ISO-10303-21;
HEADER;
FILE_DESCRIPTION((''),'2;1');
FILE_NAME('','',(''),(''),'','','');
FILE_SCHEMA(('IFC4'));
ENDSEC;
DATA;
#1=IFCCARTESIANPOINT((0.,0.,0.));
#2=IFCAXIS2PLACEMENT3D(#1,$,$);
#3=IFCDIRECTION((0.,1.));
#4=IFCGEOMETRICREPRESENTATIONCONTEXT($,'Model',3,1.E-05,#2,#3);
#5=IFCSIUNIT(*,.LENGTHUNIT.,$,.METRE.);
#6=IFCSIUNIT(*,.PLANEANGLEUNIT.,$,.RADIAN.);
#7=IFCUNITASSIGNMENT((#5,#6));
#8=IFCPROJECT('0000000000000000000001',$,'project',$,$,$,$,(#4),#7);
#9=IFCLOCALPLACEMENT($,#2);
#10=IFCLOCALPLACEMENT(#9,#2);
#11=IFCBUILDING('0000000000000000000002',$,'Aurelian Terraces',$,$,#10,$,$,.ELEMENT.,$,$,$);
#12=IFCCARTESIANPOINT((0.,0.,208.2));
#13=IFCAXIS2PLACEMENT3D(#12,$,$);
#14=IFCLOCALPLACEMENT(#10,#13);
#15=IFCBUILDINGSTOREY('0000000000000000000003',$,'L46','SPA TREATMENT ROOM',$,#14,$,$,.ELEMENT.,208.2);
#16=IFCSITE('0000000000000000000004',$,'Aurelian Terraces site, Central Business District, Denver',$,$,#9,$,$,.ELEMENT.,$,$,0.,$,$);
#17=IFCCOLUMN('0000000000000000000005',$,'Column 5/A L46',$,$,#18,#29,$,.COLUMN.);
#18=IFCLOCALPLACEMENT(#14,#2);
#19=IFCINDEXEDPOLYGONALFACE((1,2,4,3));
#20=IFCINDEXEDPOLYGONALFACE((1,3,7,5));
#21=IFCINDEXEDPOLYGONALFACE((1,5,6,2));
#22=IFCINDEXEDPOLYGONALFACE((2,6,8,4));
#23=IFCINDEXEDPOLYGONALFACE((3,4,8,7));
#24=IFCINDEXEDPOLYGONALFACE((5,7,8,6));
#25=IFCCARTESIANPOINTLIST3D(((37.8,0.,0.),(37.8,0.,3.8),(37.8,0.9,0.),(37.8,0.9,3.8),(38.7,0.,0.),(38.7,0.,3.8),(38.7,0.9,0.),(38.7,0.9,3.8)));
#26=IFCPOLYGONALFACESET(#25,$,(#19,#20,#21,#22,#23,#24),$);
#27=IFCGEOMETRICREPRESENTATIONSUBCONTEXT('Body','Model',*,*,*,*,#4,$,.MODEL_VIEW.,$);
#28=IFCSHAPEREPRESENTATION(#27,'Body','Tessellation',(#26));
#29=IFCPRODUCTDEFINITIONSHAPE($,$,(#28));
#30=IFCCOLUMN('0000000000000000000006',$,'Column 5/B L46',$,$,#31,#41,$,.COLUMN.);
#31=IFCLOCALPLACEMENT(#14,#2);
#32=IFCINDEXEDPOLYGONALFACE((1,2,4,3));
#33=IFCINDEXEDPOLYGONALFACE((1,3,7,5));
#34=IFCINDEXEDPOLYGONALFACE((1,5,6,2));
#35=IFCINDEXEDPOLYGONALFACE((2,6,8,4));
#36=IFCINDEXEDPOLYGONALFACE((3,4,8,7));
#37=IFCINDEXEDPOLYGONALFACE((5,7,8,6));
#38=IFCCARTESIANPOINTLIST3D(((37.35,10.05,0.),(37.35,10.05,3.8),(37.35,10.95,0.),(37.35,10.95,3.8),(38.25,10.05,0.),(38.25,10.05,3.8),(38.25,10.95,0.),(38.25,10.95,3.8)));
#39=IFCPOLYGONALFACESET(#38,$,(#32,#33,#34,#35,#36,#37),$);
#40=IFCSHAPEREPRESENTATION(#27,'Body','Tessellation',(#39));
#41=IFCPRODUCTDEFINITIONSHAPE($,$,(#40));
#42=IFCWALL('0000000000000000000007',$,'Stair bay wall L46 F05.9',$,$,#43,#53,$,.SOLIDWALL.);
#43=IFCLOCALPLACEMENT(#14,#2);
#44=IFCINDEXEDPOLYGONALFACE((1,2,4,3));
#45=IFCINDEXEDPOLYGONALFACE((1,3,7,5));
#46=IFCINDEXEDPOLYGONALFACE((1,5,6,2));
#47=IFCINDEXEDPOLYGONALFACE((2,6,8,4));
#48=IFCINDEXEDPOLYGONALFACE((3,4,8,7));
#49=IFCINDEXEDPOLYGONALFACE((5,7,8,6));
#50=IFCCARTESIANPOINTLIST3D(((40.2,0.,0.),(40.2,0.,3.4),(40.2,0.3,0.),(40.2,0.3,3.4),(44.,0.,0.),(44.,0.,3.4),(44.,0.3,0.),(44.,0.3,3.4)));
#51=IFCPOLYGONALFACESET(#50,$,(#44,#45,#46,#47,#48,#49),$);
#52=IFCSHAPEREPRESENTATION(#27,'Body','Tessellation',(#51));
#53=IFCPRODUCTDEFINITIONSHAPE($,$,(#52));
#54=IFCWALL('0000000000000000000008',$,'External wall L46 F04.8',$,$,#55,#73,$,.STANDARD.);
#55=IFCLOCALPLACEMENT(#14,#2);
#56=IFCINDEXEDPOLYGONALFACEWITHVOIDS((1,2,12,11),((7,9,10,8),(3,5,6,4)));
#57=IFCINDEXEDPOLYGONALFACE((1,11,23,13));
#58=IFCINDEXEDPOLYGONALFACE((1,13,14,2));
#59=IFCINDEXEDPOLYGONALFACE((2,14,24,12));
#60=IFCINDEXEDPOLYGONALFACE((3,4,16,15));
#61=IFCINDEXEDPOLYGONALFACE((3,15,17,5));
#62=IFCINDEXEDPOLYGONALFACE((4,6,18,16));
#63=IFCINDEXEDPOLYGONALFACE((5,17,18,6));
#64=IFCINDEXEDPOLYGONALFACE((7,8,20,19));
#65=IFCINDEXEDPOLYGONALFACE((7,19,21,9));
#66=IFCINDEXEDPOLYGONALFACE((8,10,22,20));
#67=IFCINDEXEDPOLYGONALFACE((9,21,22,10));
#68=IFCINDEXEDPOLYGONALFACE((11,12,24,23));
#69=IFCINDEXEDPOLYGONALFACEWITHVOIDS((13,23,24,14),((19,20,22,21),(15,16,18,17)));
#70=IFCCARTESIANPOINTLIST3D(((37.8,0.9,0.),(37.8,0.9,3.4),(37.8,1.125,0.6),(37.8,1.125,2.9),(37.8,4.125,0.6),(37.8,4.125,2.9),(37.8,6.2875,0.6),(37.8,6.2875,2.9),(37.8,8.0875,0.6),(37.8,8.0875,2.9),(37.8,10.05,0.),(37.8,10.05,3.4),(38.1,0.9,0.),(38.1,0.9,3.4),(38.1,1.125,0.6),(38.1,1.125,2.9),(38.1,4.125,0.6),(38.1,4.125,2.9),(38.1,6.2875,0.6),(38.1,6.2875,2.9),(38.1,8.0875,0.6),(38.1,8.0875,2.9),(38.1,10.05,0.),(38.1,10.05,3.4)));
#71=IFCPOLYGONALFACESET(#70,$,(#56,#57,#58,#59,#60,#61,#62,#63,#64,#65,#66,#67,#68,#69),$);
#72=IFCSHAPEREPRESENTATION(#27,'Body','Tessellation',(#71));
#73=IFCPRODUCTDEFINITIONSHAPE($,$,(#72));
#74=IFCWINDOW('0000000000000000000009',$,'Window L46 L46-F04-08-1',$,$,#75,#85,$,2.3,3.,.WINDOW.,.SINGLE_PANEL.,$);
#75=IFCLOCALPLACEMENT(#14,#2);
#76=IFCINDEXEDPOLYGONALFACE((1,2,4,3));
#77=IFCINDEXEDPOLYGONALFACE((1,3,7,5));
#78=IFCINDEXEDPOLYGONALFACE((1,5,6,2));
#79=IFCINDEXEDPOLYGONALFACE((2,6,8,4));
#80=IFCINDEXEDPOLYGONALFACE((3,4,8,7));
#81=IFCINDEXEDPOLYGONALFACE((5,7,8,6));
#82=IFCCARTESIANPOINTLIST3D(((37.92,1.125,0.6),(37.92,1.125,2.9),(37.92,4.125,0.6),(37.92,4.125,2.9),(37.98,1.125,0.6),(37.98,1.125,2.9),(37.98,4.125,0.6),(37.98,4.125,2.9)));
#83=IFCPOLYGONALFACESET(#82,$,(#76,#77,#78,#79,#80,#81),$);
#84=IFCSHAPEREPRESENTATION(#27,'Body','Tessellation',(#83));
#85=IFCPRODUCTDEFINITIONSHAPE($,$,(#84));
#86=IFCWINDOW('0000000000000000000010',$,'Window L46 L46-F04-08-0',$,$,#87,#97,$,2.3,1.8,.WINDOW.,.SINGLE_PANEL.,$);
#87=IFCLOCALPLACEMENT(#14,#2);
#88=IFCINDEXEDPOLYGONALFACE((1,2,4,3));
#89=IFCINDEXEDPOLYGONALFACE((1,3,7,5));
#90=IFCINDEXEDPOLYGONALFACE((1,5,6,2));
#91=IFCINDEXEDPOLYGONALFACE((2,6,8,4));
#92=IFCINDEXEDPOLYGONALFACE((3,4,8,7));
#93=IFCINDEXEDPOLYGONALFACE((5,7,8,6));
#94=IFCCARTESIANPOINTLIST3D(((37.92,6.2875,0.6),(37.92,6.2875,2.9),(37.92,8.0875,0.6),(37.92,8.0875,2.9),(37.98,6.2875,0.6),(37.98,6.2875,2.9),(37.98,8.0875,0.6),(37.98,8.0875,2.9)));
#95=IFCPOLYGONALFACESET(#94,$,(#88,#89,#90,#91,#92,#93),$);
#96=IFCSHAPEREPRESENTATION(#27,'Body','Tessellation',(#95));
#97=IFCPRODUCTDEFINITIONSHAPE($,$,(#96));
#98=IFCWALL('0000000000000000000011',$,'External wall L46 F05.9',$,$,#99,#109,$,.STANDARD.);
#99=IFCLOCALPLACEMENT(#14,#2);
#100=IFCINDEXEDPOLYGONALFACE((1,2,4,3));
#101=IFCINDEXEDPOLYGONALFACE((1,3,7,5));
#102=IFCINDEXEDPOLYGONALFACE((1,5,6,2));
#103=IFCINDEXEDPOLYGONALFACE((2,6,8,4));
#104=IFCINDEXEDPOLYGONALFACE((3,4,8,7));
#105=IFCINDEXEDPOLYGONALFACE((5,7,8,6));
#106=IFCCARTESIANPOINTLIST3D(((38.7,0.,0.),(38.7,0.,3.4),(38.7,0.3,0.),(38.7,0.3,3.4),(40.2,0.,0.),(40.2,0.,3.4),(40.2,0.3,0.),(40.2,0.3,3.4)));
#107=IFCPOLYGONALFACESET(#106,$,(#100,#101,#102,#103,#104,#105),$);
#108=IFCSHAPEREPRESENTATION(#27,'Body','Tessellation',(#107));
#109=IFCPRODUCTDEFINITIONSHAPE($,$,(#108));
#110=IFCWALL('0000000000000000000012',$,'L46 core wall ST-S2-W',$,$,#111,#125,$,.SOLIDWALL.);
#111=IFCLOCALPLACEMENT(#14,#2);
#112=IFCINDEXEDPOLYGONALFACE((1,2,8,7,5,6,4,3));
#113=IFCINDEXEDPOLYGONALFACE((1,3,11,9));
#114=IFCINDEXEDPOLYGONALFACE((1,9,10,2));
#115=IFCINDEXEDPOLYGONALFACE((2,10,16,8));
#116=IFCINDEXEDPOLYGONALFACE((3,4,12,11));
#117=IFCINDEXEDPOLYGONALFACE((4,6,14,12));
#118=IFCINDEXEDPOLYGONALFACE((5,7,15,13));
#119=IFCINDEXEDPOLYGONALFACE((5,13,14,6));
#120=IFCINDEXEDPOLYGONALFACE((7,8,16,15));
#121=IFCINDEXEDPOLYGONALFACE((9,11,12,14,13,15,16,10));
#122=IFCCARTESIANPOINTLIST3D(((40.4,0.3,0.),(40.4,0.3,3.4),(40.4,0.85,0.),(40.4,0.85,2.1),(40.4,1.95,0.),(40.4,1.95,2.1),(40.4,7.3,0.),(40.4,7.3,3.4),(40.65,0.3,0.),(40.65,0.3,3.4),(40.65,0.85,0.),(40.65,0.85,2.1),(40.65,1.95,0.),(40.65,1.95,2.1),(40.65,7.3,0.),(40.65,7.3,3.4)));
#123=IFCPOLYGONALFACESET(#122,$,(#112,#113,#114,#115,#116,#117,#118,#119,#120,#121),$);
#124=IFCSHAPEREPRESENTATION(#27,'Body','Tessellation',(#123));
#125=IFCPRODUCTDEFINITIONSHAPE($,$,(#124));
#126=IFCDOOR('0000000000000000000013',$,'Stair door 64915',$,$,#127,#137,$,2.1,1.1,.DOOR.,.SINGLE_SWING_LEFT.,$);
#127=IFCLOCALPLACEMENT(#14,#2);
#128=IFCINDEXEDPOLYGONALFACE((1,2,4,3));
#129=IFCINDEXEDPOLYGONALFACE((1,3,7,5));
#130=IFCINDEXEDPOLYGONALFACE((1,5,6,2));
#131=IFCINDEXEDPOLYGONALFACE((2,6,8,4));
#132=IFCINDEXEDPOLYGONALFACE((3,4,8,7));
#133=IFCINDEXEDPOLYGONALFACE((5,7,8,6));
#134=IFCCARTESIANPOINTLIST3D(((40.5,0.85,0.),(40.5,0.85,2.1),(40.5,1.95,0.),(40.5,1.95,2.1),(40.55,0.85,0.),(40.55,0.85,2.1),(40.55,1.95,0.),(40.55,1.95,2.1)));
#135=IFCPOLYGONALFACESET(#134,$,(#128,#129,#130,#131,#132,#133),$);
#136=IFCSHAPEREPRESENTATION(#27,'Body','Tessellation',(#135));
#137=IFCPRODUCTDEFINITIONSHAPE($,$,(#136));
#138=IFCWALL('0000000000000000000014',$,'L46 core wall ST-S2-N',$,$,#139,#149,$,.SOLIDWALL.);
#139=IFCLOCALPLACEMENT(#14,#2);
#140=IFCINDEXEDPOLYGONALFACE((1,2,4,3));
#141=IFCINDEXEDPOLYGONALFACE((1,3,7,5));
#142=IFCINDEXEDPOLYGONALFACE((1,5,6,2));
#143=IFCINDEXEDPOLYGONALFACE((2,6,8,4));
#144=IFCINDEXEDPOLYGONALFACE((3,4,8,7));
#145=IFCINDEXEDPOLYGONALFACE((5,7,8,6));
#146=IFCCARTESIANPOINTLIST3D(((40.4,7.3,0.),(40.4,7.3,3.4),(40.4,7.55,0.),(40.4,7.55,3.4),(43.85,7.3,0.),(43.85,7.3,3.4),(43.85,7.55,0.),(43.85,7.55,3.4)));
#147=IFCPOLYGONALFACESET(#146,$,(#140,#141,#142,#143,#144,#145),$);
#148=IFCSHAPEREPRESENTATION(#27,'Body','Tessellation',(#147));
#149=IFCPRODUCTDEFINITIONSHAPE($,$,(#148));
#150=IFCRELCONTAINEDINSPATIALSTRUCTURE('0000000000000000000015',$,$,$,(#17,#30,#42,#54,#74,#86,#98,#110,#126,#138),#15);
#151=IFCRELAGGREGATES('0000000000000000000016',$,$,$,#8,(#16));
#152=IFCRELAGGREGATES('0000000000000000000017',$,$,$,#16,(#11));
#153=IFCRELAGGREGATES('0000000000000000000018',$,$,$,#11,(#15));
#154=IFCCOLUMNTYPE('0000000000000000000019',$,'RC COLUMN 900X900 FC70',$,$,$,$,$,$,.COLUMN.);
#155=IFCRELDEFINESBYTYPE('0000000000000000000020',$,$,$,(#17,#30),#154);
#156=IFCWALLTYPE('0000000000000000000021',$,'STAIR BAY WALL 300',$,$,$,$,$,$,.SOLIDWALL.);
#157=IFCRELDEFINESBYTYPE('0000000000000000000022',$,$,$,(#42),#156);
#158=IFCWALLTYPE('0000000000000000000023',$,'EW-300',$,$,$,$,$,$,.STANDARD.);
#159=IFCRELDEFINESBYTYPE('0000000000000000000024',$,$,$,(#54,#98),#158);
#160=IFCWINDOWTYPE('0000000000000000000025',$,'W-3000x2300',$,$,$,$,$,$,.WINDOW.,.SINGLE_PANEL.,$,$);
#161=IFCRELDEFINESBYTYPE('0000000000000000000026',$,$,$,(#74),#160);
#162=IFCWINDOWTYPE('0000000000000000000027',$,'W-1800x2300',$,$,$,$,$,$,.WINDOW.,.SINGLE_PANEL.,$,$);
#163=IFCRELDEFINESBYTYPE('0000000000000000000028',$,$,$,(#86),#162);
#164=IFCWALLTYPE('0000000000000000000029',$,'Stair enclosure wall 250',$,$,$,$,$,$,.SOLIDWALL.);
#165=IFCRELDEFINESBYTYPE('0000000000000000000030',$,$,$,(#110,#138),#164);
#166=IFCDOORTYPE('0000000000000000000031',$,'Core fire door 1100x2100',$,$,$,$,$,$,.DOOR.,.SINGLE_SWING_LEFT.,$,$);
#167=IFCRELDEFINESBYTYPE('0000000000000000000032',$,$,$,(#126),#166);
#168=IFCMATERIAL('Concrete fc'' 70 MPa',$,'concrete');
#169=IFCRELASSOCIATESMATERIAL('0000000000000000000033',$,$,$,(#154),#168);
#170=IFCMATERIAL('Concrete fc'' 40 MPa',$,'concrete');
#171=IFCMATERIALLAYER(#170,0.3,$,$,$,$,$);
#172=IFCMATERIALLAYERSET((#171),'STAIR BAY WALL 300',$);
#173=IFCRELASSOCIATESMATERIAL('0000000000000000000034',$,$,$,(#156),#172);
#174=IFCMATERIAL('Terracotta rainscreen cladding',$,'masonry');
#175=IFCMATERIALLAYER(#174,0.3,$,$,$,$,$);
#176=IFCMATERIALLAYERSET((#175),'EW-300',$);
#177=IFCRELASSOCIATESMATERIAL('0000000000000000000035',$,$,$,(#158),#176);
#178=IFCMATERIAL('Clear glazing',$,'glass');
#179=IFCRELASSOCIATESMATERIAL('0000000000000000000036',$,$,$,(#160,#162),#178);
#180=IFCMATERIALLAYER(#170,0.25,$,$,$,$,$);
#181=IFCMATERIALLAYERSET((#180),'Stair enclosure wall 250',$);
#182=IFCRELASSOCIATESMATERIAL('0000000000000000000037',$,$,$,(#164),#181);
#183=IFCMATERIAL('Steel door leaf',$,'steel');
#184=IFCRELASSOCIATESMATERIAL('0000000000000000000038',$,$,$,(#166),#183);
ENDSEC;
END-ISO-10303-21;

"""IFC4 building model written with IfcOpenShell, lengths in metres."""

from ifc_helpers import new_model, si_unit, direction, frame, frame_2d, origin, origin_2d, place, context, subcontext, project, spatial, rectangle, extrude, source, transform, mapped, material, layer, layer_set, material_profile, profile_set, type_object, element, fill, save


model = new_model("IFC4")

# Units and contexts
model_context = context("Model", 3, precision=1e-05, world=origin(), true_north=direction((0.0, 1.0)))
body_context = subcontext(model_context, "Body", "Model", "MODEL_VIEW")
ifc_project = project(units=[si_unit("LENGTHUNIT", "METRE"), si_unit("PLANEANGLEUNIT", "RADIAN")], contexts=[model_context])

# Site, building, storey
site_placement = place(None, origin())
site = spatial("IfcSite", under=ifc_project, at=site_placement, Name="Aurelian Terraces site, Central Business District, Denver", CompositionType="ELEMENT", RefElevation=0.0)
building_placement = place(site_placement, origin())
building = spatial("IfcBuilding", under=site, at=building_placement, Name="Aurelian Terraces", CompositionType="ELEMENT")
storey_placement = place(building_placement, frame((0.0, 0.0, 208.2)))
storey = spatial("IfcBuildingStorey", under=building, at=storey_placement, Name="L46", Description="SPA TREATMENT ROOM", CompositionType="ELEMENT", Elevation=208.2)

# Columns
ifc_material_1 = material(Name="Concrete fc' 70 MPa", Category="concrete")
ifc_material_profile = material_profile(ifc_material_1, rectangle(XDim=0.9, YDim=0.9, at=origin_2d()))
ifc_profile_set = profile_set([ifc_material_profile], Name="Concrete fc' 70 MPa")
column_type = type_object("IfcColumnType", Name="RC COLUMN 900X900 FC70", PredefinedType="COLUMN", material=ifc_profile_set)
shared_shape_1 = source(origin(), body_context, "Body", "SweptSolid", [
    extrude(rectangle(XDim=0.9, YDim=0.9, at=origin_2d()), origin(), (0.0, 0.0, 1.0), 3.8),
])
for number, where, z_axis, x_axis, name in (
    (1, (38.25, 0.45, 0.0), (0.0, 0.0, 1.0), (1.0, 0.0, 0.0), "Column 5/A L46"),
    (2, (37.8, 10.5, 0.0), (0.0, 0.0, 1.0), (1.0, 0.0, 0.0), "Column 5/B L46"),
):
    element("IfcColumn", number, at=place(storey_placement, frame(where, z_axis=z_axis, x_axis=x_axis)), inside=storey, type_object=column_type, Name=name, PredefinedType="COLUMN", context=body_context, shape_type="MappedRepresentation", body=[
        mapped(shared_shape_1, transform((0.0, 0.0, 0.0), scale=1.0)),
    ])

# Wall
ifc_material_2 = material(Name="Concrete fc' 40 MPa", Category="concrete")
ifc_layer_1 = layer(ifc_material_2, 0.3)
ifc_layer_set_1 = layer_set([ifc_layer_1], Name="STAIR BAY WALL 300")
wall_type_1 = type_object("IfcWallType", Name="STAIR BAY WALL 300", PredefinedType="SOLIDWALL", material=ifc_layer_set_1)
shared_shape_2 = source(origin(), body_context, "Body", "SweptSolid", [
    extrude(rectangle(XDim=3.8, YDim=0.3, at=frame_2d((1.9, 0.0))), origin(), (0.0, 0.0, 1.0), 3.4),
])
wall_1_placement = place(storey_placement, frame((40.2, 0.15, 0.0), z_axis=(0.0, 0.0, 1.0), x_axis=(1.0, 0.0, 0.0)))
element("IfcWall", 3, at=wall_1_placement, inside=storey, type_object=wall_type_1, Name="Stair bay wall L46 F05.9", PredefinedType="SOLIDWALL", context=body_context, shape_type="MappedRepresentation", body=[
    mapped(shared_shape_2, transform((0.0, 0.0, 0.0), scale=1.0)),
])

# Wall, openings, windows
ifc_material_3 = material(Name="Terracotta rainscreen cladding", Category="masonry")
ifc_layer_2 = layer(ifc_material_3, 0.3)
ifc_layer_set_2 = layer_set([ifc_layer_2], Name="EW-300")
wall_type_2 = type_object("IfcWallType", Name="EW-300", PredefinedType="STANDARD", material=ifc_layer_set_2)
shared_shape_3 = source(origin(), body_context, "Body", "SweptSolid", [
    extrude(rectangle(XDim=9.15, YDim=0.3, at=frame_2d((4.575, 0.0))), origin(), (0.0, 0.0, 1.0), 3.4),
])
wall_2_placement = place(storey_placement, frame((37.95, 10.05, 0.0), z_axis=(0.0, 0.0, 1.0), x_axis=(0.0, -1.0, 0.0)))
wall_2 = element("IfcWall", 4, at=wall_2_placement, inside=storey, type_object=wall_type_2, Name="External wall L46 F04.8", PredefinedType="STANDARD", context=body_context, shape_type="MappedRepresentation", body=[
    mapped(shared_shape_3, transform((0.0, 0.0, 0.0), scale=1.0)),
])
shared_shape_4 = source(origin(), body_context, "Body", "SweptSolid", [
    extrude(rectangle(XDim=1.8, YDim=2.3, at=frame_2d((0.9, 1.15))), frame((0.0, 0.16, 0.0), z_axis=(0.0, -1.0, 0.0), x_axis=(1.0, 0.0, 0.0)), (0.0, 0.0, 1.0), 0.32),
])
opening_1_placement = place(wall_2_placement, frame((1.9625, 0.0, 0.6)))
opening_1 = element("IfcOpeningElement", 5, at=opening_1_placement, cuts=wall_2, PredefinedType="OPENING", context=body_context, shape_type="MappedRepresentation", body=[
    mapped(shared_shape_4, transform((0.0, 0.0, 0.0), scale=1.0)),
])
shared_shape_5 = source(origin(), body_context, "Body", "SweptSolid", [
    extrude(rectangle(XDim=3.0, YDim=2.3, at=frame_2d((1.5, 1.15))), frame((0.0, 0.16, 0.0), z_axis=(0.0, -1.0, 0.0), x_axis=(1.0, 0.0, 0.0)), (0.0, 0.0, 1.0), 0.32),
])
opening_2_placement = place(wall_2_placement, frame((5.925, 0.0, 0.6)))
opening_2 = element("IfcOpeningElement", 6, at=opening_2_placement, cuts=wall_2, PredefinedType="OPENING", context=body_context, shape_type="MappedRepresentation", body=[
    mapped(shared_shape_5, transform((0.0, 0.0, 0.0), scale=1.0)),
])
ifc_material_4 = material(Name="Clear glazing", Category="glass")
window_type_1 = type_object("IfcWindowType", Name="W-3000x2300", PartitioningType="SINGLE_PANEL", PredefinedType="WINDOW", material=ifc_material_4)
shared_shape_6 = source(origin(), body_context, "Body", "SweptSolid", [
    extrude(rectangle(XDim=3.0, YDim=2.3, at=frame_2d((1.5, 1.15))), frame((0.0, 0.03, 0.0), z_axis=(0.0, -1.0, 0.0), x_axis=(1.0, 0.0, 0.0)), (0.0, 0.0, 1.0), 0.06),
])
window_1_placement = place(opening_2_placement, origin())
window_1 = element("IfcWindow", 7, at=window_1_placement, inside=storey, type_object=window_type_1, Name="Window L46 L46-F04-08-1", OverallHeight=2.3, OverallWidth=3.0, PartitioningType="SINGLE_PANEL", PredefinedType="WINDOW", context=body_context, shape_type="MappedRepresentation", body=[
    mapped(shared_shape_6, transform((0.0, 0.0, 0.0), scale=1.0)),
])
fill(opening_2, window_1)
window_type_2 = type_object("IfcWindowType", Name="W-1800x2300", PartitioningType="SINGLE_PANEL", PredefinedType="WINDOW", material=ifc_material_4)
shared_shape_7 = source(origin(), body_context, "Body", "SweptSolid", [
    extrude(rectangle(XDim=1.8, YDim=2.3, at=frame_2d((0.9, 1.15))), frame((0.0, 0.03, 0.0), z_axis=(0.0, -1.0, 0.0), x_axis=(1.0, 0.0, 0.0)), (0.0, 0.0, 1.0), 0.06),
])
window_2_placement = place(opening_1_placement, origin())
window_2 = element("IfcWindow", 8, at=window_2_placement, inside=storey, type_object=window_type_2, Name="Window L46 L46-F04-08-0", OverallHeight=2.3, OverallWidth=1.8, PartitioningType="SINGLE_PANEL", PredefinedType="WINDOW", context=body_context, shape_type="MappedRepresentation", body=[
    mapped(shared_shape_7, transform((0.0, 0.0, 0.0), scale=1.0)),
])
fill(opening_1, window_2)

# Wall
shared_shape_8 = source(origin(), body_context, "Body", "SweptSolid", [
    extrude(rectangle(XDim=1.5, YDim=0.3, at=frame_2d((0.75, 0.0))), origin(), (0.0, 0.0, 1.0), 3.4),
])
wall_3_placement = place(storey_placement, frame((38.7, 0.15, 0.0), z_axis=(0.0, 0.0, 1.0), x_axis=(1.0, 0.0, 0.0)))
element("IfcWall", 9, at=wall_3_placement, inside=storey, type_object=wall_type_2, Name="External wall L46 F05.9", PredefinedType="STANDARD", context=body_context, shape_type="MappedRepresentation", body=[
    mapped(shared_shape_8, transform((0.0, 0.0, 0.0), scale=1.0)),
])

# Wall, opening, door
ifc_layer_3 = layer(ifc_material_2, 0.25)
ifc_layer_set_3 = layer_set([ifc_layer_3], Name="Stair enclosure wall 250")
wall_type_3 = type_object("IfcWallType", Name="Stair enclosure wall 250", PredefinedType="SOLIDWALL", material=ifc_layer_set_3)
shared_shape_9 = source(origin(), body_context, "Body", "SweptSolid", [
    extrude(rectangle(XDim=7.0, YDim=0.25, at=frame_2d((3.5, 0.0))), origin(), (0.0, 0.0, 1.0), 3.4),
])
wall_4_placement = place(storey_placement, frame((40.525, 0.3, 0.0), z_axis=(0.0, 0.0, 1.0), x_axis=(0.0, 1.0, 0.0)))
wall_4 = element("IfcWall", 10, at=wall_4_placement, inside=storey, type_object=wall_type_3, Name="L46 core wall ST-S2-W", PredefinedType="SOLIDWALL", context=body_context, shape_type="MappedRepresentation", body=[
    mapped(shared_shape_9, transform((0.0, 0.0, 0.0), scale=1.0)),
])
shared_shape_10 = source(origin(), body_context, "Body", "SweptSolid", [
    extrude(rectangle(XDim=1.1, YDim=2.1, at=frame_2d((0.55, 1.05))), frame((0.0, 0.135, 0.0), z_axis=(0.0, -1.0, 0.0), x_axis=(1.0, 0.0, 0.0)), (0.0, 0.0, 1.0), 0.27),
])
opening_3_placement = place(wall_4_placement, frame((0.55, 0.0, 0.0)))
opening_3 = element("IfcOpeningElement", 11, at=opening_3_placement, cuts=wall_4, PredefinedType="OPENING", context=body_context, shape_type="MappedRepresentation", body=[
    mapped(shared_shape_10, transform((0.0, 0.0, 0.0), scale=1.0)),
])
ifc_material_5 = material(Name="Steel door leaf", Category="steel")
door_type_1 = type_object("IfcDoorType", Name="Core fire door 1100x2100", OperationType="SINGLE_SWING_LEFT", PredefinedType="DOOR", material=ifc_material_5)
shared_shape_11 = source(origin(), body_context, "Body", "SweptSolid", [
    extrude(rectangle(XDim=1.1, YDim=2.1, at=frame_2d((0.55, 1.05))), frame((0.0, 0.025, 0.0), z_axis=(0.0, -1.0, 0.0), x_axis=(1.0, 0.0, 0.0)), (0.0, 0.0, 1.0), 0.05),
])
door_1_placement = place(opening_3_placement, origin())
door_1 = element("IfcDoor", 12, at=door_1_placement, inside=storey, type_object=door_type_1, Name="Stair door 64915", OperationType="SINGLE_SWING_LEFT", OverallHeight=2.1, OverallWidth=1.1, PredefinedType="DOOR", context=body_context, shape_type="MappedRepresentation", body=[
    mapped(shared_shape_11, transform((0.0, 0.0, 0.0), scale=1.0)),
])
fill(opening_3, door_1)

# Wall
shared_shape_12 = source(origin(), body_context, "Body", "SweptSolid", [
    extrude(rectangle(XDim=3.45, YDim=0.25, at=frame_2d((1.725, 0.0))), origin(), (0.0, 0.0, 1.0), 3.4),
])
wall_5_placement = place(storey_placement, frame((40.4, 7.425, 0.0), z_axis=(0.0, 0.0, 1.0), x_axis=(1.0, 0.0, 0.0)))
element("IfcWall", 13, at=wall_5_placement, inside=storey, type_object=wall_type_3, Name="L46 core wall ST-S2-N", PredefinedType="SOLIDWALL", context=body_context, shape_type="MappedRepresentation", body=[
    mapped(shared_shape_12, transform((0.0, 0.0, 0.0), scale=1.0)),
])

save(model, "model.ifc")
